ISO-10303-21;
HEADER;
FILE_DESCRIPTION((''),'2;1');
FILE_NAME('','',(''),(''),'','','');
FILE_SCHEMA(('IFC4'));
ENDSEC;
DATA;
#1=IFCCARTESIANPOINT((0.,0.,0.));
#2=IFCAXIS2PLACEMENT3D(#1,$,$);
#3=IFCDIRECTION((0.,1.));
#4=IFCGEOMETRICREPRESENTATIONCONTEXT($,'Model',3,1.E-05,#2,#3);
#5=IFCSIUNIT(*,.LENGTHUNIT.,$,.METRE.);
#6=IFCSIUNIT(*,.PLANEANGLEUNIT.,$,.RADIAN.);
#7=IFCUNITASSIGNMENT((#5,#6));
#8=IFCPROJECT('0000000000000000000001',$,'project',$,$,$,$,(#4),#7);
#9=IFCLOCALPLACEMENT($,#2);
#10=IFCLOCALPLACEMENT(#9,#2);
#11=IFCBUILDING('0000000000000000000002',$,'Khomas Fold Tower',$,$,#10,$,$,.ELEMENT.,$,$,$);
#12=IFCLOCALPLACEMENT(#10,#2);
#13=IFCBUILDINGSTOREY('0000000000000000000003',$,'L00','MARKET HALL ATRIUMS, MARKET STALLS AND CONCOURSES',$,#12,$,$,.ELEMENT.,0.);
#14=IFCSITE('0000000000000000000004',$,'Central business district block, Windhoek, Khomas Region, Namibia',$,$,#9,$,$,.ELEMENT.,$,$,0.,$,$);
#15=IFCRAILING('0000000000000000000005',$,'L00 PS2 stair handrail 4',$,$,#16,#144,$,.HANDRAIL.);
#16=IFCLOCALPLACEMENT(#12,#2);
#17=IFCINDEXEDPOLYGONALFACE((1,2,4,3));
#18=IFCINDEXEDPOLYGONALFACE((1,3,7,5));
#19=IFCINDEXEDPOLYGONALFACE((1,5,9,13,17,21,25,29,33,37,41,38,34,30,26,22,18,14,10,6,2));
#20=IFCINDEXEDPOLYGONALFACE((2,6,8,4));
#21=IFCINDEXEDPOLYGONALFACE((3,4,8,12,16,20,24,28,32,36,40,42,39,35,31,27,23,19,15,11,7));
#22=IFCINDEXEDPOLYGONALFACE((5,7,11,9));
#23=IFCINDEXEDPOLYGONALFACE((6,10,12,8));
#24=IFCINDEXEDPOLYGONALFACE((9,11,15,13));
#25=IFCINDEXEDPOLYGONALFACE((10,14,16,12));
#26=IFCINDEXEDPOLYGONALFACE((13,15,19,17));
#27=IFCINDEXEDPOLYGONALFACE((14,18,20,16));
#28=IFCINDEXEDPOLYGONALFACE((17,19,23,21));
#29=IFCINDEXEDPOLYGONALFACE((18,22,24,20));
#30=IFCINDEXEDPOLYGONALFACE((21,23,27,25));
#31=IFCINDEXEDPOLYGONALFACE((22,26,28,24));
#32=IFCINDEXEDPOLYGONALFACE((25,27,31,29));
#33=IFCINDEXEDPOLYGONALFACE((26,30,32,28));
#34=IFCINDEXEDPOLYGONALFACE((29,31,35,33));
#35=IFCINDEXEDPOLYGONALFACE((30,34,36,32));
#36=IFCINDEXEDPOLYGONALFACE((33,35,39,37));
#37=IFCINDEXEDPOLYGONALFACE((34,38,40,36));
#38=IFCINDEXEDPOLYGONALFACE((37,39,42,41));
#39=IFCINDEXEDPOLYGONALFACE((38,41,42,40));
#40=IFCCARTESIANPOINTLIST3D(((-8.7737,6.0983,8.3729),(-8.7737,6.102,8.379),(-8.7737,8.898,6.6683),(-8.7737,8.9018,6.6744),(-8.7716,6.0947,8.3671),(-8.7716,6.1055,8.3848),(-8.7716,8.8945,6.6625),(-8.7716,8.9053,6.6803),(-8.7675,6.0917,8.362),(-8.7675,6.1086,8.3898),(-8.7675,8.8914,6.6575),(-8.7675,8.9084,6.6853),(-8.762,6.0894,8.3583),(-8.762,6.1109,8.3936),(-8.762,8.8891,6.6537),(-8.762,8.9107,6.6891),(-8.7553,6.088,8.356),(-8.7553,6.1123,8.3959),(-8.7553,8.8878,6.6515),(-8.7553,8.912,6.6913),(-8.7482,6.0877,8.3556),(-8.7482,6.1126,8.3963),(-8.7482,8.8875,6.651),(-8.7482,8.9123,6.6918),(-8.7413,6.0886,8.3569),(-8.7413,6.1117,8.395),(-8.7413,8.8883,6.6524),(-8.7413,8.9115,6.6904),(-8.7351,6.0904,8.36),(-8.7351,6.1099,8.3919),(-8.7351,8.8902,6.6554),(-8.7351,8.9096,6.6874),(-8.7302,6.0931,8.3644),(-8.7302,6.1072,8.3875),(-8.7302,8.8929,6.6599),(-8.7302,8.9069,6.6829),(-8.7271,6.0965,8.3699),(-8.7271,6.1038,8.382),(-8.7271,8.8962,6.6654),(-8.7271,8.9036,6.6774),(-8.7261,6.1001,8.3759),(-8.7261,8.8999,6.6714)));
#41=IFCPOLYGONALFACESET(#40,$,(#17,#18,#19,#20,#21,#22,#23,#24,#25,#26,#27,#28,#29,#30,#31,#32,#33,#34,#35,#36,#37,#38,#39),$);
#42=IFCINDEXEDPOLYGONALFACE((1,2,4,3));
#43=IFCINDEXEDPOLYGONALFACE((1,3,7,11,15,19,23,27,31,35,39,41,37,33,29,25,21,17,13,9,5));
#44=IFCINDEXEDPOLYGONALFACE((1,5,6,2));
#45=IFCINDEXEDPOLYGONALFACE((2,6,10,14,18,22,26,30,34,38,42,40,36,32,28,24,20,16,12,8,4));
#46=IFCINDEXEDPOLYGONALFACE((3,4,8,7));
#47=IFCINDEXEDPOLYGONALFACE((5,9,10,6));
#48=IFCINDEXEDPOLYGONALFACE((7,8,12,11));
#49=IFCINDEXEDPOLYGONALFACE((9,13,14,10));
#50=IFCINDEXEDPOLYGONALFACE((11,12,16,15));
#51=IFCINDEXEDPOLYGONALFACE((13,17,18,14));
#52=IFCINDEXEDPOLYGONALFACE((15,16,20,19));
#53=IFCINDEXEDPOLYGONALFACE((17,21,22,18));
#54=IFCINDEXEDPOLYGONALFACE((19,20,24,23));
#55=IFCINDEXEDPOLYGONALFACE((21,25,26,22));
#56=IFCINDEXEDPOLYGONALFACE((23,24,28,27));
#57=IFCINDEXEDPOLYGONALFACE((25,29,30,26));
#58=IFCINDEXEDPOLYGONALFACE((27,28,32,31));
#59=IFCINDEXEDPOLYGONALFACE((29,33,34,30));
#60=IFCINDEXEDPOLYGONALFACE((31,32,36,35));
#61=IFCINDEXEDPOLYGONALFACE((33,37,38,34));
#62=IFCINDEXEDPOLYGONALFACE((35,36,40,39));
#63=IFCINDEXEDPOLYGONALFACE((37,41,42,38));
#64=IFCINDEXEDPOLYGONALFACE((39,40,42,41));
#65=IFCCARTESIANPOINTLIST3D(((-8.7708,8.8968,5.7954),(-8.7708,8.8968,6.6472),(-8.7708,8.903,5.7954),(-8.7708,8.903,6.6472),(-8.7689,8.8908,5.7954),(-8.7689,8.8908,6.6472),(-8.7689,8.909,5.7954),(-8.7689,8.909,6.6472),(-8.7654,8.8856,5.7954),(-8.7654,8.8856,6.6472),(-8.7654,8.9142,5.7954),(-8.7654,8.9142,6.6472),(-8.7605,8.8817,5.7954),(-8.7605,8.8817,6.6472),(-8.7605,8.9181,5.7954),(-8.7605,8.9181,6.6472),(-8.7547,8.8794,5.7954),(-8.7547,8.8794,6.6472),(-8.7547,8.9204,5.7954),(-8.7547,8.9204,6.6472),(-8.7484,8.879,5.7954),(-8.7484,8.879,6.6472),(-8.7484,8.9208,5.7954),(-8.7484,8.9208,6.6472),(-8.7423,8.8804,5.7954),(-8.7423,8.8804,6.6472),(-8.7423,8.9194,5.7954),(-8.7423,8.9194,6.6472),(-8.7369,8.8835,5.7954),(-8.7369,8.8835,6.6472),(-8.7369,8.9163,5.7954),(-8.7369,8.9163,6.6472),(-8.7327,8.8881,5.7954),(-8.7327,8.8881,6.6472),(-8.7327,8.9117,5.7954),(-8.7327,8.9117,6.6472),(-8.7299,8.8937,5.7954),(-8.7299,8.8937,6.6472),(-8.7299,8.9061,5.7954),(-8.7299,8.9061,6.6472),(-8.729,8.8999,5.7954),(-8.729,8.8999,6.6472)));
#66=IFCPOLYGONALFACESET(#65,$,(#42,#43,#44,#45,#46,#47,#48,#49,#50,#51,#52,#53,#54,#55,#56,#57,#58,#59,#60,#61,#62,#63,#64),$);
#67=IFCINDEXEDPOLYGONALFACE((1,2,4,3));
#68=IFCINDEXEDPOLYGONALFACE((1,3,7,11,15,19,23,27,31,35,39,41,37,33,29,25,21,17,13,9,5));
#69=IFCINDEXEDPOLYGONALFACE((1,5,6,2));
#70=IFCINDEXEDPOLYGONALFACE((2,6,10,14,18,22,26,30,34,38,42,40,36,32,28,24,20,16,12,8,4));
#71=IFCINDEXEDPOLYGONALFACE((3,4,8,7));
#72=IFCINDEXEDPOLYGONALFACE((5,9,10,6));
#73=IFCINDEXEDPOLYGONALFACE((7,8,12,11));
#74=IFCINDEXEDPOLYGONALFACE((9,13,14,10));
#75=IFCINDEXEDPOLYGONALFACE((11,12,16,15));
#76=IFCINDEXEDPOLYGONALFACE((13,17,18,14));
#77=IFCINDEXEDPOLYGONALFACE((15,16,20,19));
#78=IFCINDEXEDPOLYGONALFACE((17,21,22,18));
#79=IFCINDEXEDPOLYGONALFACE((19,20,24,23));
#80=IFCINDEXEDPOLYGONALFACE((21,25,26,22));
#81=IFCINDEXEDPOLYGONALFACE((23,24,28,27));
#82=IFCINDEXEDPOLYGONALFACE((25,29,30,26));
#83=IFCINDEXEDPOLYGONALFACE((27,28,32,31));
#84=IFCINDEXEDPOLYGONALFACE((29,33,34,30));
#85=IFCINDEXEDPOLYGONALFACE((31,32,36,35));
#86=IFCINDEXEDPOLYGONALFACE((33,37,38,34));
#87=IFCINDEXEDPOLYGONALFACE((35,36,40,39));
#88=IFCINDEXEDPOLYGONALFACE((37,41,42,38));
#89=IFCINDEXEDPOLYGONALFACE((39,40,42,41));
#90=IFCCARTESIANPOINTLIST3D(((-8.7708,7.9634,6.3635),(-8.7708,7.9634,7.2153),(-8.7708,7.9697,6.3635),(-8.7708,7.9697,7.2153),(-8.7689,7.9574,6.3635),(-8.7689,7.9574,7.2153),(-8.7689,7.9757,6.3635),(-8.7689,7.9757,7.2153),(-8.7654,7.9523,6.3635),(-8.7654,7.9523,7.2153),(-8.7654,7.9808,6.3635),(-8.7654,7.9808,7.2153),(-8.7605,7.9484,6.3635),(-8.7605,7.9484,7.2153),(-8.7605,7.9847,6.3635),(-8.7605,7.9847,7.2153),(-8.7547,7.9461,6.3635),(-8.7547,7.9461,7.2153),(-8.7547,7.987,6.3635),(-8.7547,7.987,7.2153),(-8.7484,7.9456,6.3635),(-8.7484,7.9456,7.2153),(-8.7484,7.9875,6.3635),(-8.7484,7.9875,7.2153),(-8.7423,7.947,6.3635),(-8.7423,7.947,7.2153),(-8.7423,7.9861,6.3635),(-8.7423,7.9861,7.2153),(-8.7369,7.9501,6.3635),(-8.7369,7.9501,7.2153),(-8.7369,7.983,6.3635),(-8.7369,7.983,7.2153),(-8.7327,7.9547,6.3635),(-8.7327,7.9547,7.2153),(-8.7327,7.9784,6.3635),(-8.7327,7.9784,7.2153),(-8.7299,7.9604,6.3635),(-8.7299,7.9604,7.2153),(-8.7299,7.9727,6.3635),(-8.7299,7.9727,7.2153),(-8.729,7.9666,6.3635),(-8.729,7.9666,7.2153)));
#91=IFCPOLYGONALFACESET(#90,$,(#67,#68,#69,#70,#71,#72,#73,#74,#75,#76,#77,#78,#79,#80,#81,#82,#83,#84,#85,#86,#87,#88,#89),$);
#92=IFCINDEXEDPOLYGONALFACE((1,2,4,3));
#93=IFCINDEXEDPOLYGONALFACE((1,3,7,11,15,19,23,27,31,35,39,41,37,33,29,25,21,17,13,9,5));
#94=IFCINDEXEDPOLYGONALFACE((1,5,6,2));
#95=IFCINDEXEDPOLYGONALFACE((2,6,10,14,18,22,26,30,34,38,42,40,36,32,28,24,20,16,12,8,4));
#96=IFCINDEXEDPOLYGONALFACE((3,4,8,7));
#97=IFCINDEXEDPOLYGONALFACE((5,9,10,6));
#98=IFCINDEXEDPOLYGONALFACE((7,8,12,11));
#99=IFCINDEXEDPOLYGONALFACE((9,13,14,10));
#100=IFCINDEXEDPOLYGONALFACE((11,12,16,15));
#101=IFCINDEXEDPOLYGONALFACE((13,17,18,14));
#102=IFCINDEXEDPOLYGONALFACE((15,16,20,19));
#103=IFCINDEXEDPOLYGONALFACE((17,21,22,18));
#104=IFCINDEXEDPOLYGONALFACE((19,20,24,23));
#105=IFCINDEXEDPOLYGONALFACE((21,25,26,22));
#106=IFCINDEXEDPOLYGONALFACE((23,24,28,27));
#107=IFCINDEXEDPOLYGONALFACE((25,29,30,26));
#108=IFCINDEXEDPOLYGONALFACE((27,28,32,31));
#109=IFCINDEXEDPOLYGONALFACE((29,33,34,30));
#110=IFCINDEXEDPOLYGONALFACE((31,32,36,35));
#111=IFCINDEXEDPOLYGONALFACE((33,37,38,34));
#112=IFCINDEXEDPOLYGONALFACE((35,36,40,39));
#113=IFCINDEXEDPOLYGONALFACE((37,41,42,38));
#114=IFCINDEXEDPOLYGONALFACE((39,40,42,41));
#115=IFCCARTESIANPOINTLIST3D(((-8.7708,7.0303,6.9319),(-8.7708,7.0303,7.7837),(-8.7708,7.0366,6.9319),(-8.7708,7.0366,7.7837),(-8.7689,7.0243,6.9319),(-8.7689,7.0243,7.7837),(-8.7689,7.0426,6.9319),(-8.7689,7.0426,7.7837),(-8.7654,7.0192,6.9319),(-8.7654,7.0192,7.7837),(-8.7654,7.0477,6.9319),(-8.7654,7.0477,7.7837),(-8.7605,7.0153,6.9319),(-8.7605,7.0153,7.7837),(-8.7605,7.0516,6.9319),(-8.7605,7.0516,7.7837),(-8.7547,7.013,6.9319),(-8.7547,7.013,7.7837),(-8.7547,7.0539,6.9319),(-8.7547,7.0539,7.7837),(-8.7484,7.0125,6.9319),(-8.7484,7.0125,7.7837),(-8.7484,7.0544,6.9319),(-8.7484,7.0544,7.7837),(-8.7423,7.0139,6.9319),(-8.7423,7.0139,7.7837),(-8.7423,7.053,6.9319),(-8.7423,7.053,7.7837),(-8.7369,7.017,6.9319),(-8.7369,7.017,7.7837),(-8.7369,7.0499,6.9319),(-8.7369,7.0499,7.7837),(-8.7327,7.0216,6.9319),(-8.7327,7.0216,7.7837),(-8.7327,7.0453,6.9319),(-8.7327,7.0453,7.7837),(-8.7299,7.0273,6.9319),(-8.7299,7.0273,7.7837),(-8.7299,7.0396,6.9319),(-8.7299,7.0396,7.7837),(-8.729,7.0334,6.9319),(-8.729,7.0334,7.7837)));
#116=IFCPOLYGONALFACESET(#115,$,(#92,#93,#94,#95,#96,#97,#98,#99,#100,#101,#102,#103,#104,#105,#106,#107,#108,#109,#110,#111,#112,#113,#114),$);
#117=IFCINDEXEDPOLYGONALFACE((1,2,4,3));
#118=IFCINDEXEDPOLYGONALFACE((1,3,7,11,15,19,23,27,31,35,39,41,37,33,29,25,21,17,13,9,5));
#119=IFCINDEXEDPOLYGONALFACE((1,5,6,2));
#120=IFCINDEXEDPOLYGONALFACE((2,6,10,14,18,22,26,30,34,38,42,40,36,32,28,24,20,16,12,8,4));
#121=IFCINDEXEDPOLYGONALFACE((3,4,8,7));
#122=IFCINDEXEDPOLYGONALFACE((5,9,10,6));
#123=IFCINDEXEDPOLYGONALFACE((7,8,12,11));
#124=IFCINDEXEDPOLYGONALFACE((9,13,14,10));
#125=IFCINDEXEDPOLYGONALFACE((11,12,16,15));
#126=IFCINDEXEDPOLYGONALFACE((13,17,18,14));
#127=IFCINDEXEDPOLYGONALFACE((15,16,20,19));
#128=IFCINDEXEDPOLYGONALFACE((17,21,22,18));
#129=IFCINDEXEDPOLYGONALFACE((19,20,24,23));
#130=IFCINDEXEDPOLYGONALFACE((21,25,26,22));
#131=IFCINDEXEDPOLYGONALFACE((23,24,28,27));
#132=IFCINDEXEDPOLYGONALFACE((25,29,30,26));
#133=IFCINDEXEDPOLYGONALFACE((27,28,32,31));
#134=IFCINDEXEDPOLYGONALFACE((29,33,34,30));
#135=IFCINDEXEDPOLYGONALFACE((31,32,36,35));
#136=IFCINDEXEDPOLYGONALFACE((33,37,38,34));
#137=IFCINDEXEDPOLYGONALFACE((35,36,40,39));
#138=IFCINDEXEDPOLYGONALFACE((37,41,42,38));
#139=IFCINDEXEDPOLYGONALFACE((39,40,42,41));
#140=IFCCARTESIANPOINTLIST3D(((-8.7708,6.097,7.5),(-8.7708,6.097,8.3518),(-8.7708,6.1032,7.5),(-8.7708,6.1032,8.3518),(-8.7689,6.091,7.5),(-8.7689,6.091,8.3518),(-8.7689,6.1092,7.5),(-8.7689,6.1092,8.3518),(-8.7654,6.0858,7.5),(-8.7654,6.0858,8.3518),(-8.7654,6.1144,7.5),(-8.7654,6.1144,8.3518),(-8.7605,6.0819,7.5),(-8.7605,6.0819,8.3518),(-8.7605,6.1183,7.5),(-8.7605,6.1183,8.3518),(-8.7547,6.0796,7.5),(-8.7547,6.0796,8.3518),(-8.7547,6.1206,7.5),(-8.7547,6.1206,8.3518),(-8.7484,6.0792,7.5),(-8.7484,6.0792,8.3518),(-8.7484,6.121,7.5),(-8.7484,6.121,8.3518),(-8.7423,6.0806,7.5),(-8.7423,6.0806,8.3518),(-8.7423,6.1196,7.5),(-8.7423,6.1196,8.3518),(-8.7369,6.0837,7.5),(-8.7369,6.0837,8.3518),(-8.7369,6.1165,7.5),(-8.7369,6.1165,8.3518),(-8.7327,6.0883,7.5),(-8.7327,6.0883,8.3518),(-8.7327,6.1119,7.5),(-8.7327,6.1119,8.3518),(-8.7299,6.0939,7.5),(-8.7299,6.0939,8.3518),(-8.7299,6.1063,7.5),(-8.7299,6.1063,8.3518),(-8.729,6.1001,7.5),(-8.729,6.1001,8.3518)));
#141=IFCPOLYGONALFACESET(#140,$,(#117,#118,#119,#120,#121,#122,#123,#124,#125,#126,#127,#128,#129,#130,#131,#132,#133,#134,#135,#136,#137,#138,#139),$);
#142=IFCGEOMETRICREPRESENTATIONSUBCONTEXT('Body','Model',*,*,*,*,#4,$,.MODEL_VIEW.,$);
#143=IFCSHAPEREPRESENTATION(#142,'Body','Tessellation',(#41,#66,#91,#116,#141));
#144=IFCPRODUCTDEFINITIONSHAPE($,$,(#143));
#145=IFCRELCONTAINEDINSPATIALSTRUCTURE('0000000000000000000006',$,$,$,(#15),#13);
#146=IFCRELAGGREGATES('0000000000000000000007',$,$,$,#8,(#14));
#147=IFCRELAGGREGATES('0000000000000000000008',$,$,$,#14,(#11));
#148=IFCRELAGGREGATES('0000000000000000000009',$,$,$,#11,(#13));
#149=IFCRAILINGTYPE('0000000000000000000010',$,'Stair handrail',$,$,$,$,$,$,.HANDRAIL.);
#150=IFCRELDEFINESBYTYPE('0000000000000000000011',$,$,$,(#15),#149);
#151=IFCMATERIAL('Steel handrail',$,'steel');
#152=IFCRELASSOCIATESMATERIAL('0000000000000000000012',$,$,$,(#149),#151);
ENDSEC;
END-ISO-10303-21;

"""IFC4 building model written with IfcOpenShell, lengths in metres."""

from ifc_helpers import new_model, si_unit, direction, frame, origin, origin_2d, place, context, subcontext, project, spatial, circle, extrude, source, transform, mapped, material, type_object, element, save


model = new_model("IFC4")

# Units and contexts
model_context = context("Model", 3, precision=1e-05, world=origin(), true_north=direction((0.0, 1.0)))
body_context = subcontext(model_context, "Body", "Model", "MODEL_VIEW")
ifc_project = project(units=[si_unit("LENGTHUNIT", "METRE"), si_unit("PLANEANGLEUNIT", "RADIAN")], contexts=[model_context])

# Site, building, storey
site_placement = place(None, origin())
site = spatial("IfcSite", under=ifc_project, at=site_placement, Name="Central business district block, Windhoek, Khomas Region, Namibia", CompositionType="ELEMENT", RefElevation=0.0)
building_placement = place(site_placement, origin())
building = spatial("IfcBuilding", under=site, at=building_placement, Name="Khomas Fold Tower", CompositionType="ELEMENT")
storey_placement = place(building_placement, origin())
storey = spatial("IfcBuildingStorey", under=building, at=storey_placement, Name="L00", Description="MARKET HALL ATRIUMS, MARKET STALLS AND CONCOURSES", CompositionType="ELEMENT", Elevation=0.0)

# Railing
ifc_material_1 = material(Name="Steel handrail", Category="steel")
railing_type_1 = type_object("IfcRailingType", Name="Stair handrail", PredefinedType="HANDRAIL", material=ifc_material_1)
shared_shape_1 = source(origin(), body_context, "Body", "SweptSolid", [
    extrude(circle(Radius=0.0239, at=origin_2d()), frame((0.0, 0.0, 0.876), z_axis=(0.0, -0.85415, 0.520027), x_axis=(1.0, 0.0, 0.0)), (0.0, 0.0, 1.0), 3.2778),
    extrude(circle(Radius=0.021, at=origin_2d()), origin(), (0.0, 0.0, 1.0), 0.8518),
    extrude(circle(Radius=0.021, at=origin_2d()), frame((0.0, -0.9333, 0.5681)), (0.0, 0.0, 1.0), 0.8518),
    extrude(circle(Radius=0.021, at=origin_2d()), frame((0.0, -1.8665, 1.1365)), (0.0, 0.0, 1.0), 0.8518),
    extrude(circle(Radius=0.021, at=origin_2d()), frame((0.0, -2.7998, 1.7046)), (0.0, 0.0, 1.0), 0.8518),
])
for number, where, name in (
    (1, (-8.75, 8.8999, 5.7954), "L00 PS2 stair handrail 4"),
):
    element("IfcRailing", number, at=place(storey_placement, frame(where)), inside=storey, type_object=railing_type_1, Name=name, PredefinedType="HANDRAIL", context=body_context, shape_type="MappedRepresentation", body=[
        mapped(shared_shape_1, transform((0.0, 0.0, 0.0))),
    ])

save(model, "model.ifc")
